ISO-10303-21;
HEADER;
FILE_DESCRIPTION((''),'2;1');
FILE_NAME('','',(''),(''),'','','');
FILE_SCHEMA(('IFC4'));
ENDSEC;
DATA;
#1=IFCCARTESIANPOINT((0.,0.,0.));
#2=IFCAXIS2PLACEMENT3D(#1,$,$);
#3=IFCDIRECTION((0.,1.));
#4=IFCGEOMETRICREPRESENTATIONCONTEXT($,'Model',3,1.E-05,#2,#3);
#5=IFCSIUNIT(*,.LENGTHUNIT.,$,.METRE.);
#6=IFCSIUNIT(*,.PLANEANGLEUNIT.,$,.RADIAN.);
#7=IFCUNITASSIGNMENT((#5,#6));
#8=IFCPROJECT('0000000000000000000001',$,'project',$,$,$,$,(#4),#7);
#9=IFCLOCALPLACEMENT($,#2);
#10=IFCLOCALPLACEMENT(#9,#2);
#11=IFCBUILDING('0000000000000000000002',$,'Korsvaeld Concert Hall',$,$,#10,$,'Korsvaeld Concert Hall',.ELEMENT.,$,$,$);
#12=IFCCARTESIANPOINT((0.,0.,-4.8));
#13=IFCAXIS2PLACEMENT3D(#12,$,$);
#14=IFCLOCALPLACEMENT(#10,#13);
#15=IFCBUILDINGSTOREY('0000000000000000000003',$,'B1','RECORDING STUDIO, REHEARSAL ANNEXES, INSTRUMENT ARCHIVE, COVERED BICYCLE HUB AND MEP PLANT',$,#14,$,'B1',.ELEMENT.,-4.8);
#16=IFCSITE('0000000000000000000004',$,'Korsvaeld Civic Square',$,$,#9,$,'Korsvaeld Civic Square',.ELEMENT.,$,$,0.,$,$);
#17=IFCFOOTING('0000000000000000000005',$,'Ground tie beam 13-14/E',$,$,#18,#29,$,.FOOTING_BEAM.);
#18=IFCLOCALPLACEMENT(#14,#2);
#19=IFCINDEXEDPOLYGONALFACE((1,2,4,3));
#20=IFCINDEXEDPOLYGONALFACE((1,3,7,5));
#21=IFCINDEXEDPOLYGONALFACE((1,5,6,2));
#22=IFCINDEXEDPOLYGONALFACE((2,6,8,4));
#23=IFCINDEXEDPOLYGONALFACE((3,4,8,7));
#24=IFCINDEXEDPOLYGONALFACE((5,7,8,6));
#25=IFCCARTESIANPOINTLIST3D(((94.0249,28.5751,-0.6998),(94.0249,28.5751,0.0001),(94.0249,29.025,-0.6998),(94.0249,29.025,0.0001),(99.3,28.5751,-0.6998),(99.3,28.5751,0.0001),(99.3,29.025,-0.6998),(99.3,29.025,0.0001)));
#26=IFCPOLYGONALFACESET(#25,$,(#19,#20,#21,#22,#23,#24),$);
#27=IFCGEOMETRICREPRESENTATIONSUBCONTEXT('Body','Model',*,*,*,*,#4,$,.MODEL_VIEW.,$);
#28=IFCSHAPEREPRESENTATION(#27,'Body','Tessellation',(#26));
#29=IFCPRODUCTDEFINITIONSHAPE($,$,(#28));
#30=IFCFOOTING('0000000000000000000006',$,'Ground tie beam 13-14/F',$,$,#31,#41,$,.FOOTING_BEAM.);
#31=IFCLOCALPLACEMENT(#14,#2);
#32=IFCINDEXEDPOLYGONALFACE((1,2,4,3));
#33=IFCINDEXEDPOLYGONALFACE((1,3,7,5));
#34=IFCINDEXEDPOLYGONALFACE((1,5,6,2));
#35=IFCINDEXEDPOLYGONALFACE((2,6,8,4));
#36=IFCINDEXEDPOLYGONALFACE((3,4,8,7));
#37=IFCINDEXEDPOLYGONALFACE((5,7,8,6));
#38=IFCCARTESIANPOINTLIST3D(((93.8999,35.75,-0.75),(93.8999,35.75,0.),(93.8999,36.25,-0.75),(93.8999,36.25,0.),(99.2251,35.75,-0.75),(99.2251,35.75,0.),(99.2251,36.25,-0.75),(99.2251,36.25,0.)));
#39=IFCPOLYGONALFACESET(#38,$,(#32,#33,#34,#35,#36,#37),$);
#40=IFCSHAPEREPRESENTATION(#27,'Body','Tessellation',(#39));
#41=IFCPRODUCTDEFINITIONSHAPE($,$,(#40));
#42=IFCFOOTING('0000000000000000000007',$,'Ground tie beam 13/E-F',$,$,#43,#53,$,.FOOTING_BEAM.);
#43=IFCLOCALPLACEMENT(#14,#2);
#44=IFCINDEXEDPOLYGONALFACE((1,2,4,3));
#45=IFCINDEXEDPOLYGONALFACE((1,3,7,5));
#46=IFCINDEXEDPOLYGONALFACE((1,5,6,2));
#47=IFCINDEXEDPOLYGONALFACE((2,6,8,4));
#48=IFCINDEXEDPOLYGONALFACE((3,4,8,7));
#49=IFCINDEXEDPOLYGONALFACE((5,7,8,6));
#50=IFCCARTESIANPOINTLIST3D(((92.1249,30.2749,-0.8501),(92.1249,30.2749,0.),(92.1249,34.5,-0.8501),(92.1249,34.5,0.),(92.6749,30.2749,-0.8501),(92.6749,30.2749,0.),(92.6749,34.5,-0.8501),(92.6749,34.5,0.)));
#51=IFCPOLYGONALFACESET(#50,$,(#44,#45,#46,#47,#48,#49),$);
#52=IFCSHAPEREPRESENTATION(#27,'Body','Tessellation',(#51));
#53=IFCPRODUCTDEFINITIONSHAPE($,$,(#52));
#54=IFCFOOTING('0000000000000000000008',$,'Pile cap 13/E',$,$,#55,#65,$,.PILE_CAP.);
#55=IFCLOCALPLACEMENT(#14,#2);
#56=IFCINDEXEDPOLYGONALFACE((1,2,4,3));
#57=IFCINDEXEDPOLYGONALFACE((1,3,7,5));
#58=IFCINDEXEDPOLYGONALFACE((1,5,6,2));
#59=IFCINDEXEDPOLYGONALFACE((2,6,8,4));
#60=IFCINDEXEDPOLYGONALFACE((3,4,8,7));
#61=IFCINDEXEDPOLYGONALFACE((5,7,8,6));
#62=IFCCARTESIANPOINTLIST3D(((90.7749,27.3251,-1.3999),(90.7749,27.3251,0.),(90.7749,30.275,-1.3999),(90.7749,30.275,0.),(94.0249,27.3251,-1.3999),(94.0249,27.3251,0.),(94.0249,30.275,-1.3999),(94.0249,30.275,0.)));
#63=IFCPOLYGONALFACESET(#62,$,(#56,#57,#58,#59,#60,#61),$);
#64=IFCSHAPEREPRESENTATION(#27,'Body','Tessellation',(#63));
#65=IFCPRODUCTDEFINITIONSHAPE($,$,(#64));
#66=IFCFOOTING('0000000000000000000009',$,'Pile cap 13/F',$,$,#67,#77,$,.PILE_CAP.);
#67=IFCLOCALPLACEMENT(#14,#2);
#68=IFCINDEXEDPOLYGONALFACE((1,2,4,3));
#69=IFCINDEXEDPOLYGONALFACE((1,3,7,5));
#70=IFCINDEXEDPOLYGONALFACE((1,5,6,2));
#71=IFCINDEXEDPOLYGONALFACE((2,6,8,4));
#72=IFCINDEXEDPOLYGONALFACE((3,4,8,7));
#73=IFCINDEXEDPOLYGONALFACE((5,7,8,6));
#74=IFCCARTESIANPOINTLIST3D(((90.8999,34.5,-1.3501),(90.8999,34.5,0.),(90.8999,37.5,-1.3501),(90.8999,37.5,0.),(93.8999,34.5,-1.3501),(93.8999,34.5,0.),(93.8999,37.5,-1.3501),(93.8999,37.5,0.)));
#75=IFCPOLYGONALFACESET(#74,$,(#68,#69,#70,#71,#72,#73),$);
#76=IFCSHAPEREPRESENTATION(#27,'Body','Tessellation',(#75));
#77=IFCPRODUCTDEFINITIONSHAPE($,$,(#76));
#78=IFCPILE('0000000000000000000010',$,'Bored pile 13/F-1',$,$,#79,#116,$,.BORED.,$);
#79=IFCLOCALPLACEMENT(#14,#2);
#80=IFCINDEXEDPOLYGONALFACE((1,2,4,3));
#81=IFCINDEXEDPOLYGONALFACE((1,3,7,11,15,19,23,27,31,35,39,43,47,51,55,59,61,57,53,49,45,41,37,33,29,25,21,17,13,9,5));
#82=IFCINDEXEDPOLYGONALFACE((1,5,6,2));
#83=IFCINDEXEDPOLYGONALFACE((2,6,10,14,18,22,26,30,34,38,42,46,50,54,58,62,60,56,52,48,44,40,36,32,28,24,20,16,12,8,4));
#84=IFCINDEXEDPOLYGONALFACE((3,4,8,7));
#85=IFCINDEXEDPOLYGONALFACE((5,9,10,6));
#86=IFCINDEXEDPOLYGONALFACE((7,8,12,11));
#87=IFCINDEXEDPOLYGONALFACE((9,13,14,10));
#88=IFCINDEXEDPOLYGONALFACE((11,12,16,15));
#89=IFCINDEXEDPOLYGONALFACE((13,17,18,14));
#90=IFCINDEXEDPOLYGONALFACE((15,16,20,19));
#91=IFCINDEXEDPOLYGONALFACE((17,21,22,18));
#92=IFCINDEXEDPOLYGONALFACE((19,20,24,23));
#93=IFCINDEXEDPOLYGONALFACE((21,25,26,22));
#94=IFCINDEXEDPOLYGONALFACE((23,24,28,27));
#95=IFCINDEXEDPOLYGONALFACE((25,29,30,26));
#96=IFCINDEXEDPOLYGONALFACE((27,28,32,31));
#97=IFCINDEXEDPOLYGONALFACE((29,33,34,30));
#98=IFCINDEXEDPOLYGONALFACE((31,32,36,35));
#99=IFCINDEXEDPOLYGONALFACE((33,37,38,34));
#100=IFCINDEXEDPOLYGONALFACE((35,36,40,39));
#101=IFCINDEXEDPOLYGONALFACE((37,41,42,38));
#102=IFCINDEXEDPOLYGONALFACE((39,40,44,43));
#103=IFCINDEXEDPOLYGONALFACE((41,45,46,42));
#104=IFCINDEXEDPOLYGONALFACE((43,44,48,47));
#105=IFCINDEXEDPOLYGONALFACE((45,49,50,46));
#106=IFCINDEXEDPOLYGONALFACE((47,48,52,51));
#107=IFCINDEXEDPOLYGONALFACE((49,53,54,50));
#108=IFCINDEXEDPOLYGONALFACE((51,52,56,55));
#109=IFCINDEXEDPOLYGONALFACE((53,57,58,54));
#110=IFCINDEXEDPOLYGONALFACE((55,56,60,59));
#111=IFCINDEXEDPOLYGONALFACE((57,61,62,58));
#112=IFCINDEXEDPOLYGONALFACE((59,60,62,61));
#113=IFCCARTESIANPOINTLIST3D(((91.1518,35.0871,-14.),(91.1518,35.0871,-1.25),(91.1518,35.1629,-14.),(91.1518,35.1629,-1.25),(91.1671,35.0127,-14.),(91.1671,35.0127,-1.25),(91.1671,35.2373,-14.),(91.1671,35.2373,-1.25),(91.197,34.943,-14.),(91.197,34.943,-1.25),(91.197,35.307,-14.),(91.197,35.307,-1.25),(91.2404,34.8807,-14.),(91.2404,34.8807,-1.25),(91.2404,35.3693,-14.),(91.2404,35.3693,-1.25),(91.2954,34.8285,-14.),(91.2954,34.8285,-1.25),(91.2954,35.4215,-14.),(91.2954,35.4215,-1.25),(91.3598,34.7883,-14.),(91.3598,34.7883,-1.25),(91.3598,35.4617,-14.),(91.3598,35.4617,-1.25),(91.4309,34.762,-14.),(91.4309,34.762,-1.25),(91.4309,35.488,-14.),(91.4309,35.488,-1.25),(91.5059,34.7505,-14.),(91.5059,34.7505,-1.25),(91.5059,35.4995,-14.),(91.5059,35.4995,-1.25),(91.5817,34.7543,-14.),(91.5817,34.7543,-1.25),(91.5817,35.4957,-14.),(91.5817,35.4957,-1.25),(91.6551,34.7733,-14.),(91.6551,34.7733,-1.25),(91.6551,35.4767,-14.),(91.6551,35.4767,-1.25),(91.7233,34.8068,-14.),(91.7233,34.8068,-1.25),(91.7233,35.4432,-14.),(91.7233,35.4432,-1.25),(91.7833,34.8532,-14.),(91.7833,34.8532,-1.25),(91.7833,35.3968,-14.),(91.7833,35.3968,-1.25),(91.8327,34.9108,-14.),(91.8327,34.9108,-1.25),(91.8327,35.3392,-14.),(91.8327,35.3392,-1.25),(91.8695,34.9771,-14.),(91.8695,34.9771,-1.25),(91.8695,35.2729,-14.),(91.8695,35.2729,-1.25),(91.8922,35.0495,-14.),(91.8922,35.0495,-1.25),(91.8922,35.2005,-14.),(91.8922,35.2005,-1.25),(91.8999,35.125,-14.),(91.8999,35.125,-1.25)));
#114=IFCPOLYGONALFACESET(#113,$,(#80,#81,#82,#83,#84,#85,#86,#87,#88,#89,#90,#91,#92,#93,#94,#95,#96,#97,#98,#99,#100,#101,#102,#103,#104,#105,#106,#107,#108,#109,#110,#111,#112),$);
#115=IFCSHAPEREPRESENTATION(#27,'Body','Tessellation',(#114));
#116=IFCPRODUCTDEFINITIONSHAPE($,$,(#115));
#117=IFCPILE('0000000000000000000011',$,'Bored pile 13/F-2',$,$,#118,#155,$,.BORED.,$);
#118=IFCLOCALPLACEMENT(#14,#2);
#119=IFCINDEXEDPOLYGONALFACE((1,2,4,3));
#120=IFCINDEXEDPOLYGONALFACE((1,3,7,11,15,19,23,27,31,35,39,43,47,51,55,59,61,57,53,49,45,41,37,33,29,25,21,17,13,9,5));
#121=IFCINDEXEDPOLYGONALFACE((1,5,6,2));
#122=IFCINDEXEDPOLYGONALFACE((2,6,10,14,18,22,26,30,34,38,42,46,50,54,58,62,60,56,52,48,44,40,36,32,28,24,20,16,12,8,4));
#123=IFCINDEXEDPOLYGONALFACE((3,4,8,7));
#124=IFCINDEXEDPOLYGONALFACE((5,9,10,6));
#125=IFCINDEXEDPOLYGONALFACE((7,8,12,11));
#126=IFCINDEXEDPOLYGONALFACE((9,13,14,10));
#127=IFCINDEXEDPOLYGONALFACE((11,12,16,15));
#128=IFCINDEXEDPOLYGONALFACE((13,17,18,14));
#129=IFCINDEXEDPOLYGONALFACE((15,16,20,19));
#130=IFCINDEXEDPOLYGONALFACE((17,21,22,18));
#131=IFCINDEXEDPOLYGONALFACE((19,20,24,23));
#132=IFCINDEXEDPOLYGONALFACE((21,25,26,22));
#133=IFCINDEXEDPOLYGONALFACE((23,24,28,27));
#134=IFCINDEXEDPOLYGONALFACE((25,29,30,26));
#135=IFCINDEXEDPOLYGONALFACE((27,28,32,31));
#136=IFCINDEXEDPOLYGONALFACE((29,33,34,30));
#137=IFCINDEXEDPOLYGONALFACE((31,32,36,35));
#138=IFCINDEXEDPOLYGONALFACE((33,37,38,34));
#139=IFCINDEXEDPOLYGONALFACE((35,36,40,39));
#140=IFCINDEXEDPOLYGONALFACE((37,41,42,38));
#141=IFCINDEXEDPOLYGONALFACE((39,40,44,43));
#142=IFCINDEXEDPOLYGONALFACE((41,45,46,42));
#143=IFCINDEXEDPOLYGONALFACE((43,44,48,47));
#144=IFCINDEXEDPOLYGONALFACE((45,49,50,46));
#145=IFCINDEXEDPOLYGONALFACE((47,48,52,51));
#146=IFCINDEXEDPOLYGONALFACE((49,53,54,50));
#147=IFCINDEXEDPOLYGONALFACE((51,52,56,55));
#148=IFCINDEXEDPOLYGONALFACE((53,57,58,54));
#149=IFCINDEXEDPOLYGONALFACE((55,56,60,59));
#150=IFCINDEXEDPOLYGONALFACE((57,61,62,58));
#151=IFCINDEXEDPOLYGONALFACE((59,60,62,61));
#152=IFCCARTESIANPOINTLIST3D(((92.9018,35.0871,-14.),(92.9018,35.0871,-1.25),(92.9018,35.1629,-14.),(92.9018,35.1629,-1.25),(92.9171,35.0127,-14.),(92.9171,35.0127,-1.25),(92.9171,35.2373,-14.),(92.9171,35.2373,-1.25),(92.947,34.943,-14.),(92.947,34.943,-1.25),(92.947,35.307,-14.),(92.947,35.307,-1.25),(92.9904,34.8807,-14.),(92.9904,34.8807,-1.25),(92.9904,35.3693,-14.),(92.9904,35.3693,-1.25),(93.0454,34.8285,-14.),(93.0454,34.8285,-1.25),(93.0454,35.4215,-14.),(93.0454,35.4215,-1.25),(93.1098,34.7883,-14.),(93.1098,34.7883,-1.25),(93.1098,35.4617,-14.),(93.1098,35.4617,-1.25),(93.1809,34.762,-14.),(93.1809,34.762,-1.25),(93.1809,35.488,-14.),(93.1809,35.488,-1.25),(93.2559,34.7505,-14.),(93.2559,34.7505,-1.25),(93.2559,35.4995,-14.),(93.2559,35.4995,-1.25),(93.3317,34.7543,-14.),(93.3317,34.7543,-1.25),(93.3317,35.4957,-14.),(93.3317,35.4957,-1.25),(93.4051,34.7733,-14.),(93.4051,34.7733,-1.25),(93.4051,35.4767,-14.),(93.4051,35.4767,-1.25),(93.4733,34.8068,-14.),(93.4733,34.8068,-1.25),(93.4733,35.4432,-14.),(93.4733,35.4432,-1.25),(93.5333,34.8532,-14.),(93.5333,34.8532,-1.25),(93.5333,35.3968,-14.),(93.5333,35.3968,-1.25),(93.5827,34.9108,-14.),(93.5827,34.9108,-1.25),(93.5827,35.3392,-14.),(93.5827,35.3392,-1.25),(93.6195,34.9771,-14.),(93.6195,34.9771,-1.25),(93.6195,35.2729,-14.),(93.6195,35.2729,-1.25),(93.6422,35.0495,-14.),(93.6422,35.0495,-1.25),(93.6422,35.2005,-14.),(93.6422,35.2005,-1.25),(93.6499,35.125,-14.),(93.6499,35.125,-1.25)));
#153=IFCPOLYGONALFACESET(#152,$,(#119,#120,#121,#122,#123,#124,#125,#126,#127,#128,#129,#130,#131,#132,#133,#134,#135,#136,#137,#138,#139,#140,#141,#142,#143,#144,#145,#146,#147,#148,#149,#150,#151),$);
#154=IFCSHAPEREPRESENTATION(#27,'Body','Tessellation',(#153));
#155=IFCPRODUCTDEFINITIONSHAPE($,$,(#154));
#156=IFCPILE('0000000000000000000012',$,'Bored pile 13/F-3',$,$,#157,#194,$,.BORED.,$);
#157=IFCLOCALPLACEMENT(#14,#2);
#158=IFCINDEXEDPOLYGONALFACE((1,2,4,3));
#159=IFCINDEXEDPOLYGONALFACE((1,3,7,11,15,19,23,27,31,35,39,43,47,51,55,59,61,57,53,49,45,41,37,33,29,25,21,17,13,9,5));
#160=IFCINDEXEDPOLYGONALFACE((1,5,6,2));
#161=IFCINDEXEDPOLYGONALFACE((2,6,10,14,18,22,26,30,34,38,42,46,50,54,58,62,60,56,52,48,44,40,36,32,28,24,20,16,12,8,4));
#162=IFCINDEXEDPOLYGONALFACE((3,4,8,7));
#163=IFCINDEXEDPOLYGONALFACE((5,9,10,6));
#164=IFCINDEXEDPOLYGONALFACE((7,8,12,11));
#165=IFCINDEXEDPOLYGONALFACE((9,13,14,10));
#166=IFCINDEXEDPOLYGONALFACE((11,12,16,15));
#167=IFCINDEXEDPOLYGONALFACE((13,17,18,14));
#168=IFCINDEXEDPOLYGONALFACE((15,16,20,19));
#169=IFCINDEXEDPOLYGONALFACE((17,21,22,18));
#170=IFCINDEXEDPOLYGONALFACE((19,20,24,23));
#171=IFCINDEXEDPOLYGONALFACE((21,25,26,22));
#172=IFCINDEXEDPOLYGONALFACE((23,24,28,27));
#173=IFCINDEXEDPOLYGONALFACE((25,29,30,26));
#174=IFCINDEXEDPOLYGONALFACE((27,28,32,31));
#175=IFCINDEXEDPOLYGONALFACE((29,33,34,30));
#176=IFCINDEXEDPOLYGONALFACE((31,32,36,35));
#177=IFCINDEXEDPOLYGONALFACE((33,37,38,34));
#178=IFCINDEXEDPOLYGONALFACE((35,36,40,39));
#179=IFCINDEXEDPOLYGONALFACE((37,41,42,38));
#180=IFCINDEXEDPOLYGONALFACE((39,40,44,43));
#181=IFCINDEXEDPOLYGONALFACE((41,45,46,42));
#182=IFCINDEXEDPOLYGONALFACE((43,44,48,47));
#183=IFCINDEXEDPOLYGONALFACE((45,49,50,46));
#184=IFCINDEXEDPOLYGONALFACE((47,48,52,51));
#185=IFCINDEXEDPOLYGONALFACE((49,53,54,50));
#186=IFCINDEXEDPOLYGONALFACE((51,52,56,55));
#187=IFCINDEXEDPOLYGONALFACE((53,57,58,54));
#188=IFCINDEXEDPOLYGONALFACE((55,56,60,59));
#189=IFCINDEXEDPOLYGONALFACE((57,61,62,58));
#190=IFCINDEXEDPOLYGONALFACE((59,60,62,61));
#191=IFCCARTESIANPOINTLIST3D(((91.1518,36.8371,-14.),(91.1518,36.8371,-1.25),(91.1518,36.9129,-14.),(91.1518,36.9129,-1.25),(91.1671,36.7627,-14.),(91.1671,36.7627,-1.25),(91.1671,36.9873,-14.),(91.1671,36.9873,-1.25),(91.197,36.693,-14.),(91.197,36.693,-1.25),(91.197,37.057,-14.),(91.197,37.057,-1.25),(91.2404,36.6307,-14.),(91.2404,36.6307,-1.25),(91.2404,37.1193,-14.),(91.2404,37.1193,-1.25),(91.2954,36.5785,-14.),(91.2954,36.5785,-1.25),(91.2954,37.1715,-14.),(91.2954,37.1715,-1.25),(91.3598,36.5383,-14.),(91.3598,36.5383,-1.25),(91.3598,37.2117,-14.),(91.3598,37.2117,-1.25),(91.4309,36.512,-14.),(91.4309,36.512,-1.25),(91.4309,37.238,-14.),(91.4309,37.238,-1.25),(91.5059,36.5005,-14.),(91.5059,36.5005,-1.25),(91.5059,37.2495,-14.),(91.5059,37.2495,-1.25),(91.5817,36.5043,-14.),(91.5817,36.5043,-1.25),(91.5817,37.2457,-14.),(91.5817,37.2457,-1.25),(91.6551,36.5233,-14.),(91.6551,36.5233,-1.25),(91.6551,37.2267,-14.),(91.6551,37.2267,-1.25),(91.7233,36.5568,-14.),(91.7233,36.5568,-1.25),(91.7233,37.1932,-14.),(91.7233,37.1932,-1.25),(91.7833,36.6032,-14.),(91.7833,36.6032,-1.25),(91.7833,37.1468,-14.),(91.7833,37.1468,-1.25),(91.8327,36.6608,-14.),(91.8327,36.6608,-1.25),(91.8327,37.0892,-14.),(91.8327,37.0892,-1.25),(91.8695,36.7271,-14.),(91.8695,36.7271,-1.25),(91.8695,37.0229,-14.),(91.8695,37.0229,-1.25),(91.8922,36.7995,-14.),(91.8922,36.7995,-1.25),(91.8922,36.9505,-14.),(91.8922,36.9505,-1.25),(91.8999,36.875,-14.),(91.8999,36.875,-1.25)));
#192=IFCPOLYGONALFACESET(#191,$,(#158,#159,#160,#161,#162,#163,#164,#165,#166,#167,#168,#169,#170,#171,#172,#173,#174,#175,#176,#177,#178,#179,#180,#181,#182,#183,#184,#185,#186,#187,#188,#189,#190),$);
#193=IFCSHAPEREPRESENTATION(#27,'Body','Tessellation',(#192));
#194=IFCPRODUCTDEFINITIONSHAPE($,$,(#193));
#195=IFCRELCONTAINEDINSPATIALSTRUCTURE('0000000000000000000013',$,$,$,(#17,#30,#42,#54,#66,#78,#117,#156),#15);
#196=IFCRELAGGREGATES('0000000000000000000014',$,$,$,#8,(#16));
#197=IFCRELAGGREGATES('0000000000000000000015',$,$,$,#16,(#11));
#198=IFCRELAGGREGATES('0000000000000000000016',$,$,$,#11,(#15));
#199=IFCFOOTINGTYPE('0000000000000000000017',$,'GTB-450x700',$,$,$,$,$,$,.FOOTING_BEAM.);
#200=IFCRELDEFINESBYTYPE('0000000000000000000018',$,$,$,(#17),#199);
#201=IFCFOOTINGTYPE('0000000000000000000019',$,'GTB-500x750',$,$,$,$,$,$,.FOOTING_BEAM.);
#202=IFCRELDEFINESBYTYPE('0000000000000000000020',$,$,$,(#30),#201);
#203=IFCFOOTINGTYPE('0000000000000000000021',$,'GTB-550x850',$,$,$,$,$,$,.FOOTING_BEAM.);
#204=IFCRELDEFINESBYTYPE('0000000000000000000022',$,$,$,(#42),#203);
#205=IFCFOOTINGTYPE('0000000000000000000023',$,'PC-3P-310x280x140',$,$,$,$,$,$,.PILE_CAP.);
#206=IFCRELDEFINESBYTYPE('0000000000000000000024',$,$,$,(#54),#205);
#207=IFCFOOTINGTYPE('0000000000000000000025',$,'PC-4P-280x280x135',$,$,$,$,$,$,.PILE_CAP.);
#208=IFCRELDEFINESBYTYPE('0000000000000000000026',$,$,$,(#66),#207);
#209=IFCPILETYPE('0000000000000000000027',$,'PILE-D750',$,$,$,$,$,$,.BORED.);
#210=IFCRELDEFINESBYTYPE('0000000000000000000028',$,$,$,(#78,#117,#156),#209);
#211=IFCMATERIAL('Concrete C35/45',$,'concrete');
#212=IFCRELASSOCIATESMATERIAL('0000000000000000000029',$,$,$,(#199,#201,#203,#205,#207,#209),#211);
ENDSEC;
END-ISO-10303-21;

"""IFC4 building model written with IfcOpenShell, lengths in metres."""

from ifc_helpers import new_model, si_unit, direction, frame, origin, origin_2d, place, context, subcontext, project, spatial, rectangle, circle, extrude, material, material_profile, profile_set, type_object, element, save


model = new_model("IFC4")

# Units and contexts
model_context = context("Model", 3, precision=1e-05, world=origin(), true_north=direction((0.0, 1.0)))
body_context = subcontext(model_context, "Body", "Model", "MODEL_VIEW")
ifc_project = project(units=[si_unit("LENGTHUNIT", "METRE"), si_unit("PLANEANGLEUNIT", "RADIAN")], contexts=[model_context])

# Site, building, storey
site_placement = place(None, origin())
site = spatial("IfcSite", under=ifc_project, at=site_placement, Name="Korsvaeld Civic Square", LongName="Korsvaeld Civic Square", CompositionType="ELEMENT", RefElevation=0.0)
building_placement = place(site_placement, origin())
building = spatial("IfcBuilding", under=site, at=building_placement, Name="Korsvaeld Concert Hall", LongName="Korsvaeld Concert Hall", CompositionType="ELEMENT")
storey_placement = place(building_placement, frame((0.0, 0.0, -4.8)))
storey = spatial("IfcBuildingStorey", under=building, at=storey_placement, Name="B1", Description="RECORDING STUDIO, REHEARSAL ANNEXES, INSTRUMENT ARCHIVE, COVERED BICYCLE HUB AND MEP PLANT", LongName="B1", CompositionType="ELEMENT", Elevation=-4.8)

# Footings
ifc_material_1 = material(Name="Concrete C35/45", Category="concrete")
ifc_material_profile_1 = material_profile(ifc_material_1, rectangle(XDim=0.45, YDim=0.7, at=origin_2d()), Name="GTB 450x700")
ifc_profile_set_1 = profile_set([ifc_material_profile_1], Name="Concrete C35/45")
footing_type_1 = type_object("IfcFootingType", Name="GTB-450x700", PredefinedType="FOOTING_BEAM", material=ifc_profile_set_1)
footing_1_placement = place(storey_placement, frame((94.0249, 28.8, -0.3499), z_axis=(1.0, 0.0, 0.0), x_axis=(0.0, 1.0, 0.0)))
element("IfcFooting", 1, at=footing_1_placement, inside=storey, type_object=footing_type_1, Name="Ground tie beam 13-14/E", PredefinedType="FOOTING_BEAM", context=body_context, shape_type="SweptSolid", body=[
    extrude(rectangle(XDim=0.45, YDim=0.7, at=origin_2d()), origin(), (0.0, 0.0, 1.0), 5.2751),
])
ifc_material_profile_2 = material_profile(ifc_material_1, rectangle(XDim=0.5, YDim=0.75, at=origin_2d()), Name="GTB 500x750")
ifc_profile_set_2 = profile_set([ifc_material_profile_2], Name="Concrete C35/45")
footing_type_2 = type_object("IfcFootingType", Name="GTB-500x750", PredefinedType="FOOTING_BEAM", material=ifc_profile_set_2)
footing_2_placement = place(storey_placement, frame((93.8999, 36.0, -0.375), z_axis=(1.0, 0.0, 0.0), x_axis=(0.0, 1.0, 0.0)))
element("IfcFooting", 2, at=footing_2_placement, inside=storey, type_object=footing_type_2, Name="Ground tie beam 13-14/F", PredefinedType="FOOTING_BEAM", context=body_context, shape_type="SweptSolid", body=[
    extrude(rectangle(XDim=0.5, YDim=0.75, at=origin_2d()), origin(), (0.0, 0.0, 1.0), 5.3252),
])
ifc_material_profile_3 = material_profile(ifc_material_1, rectangle(XDim=0.55, YDim=0.8501, at=origin_2d()), Name="GTB 550x850")
ifc_profile_set_3 = profile_set([ifc_material_profile_3], Name="Concrete C35/45")
footing_type_3 = type_object("IfcFootingType", Name="GTB-550x850", PredefinedType="FOOTING_BEAM", material=ifc_profile_set_3)
footing_3_placement = place(storey_placement, frame((92.3999, 30.2749, -0.425), z_axis=(0.0, 1.0, 0.0), x_axis=(-1.0, 0.0, 0.0)))
element("IfcFooting", 3, at=footing_3_placement, inside=storey, type_object=footing_type_3, Name="Ground tie beam 13/E-F", PredefinedType="FOOTING_BEAM", context=body_context, shape_type="SweptSolid", body=[
    extrude(rectangle(XDim=0.55, YDim=0.8501, at=origin_2d()), origin(), (0.0, 0.0, 1.0), 4.2251),
])
footing_type_4 = type_object("IfcFootingType", Name="PC-3P-310x280x140", PredefinedType="PILE_CAP", material=ifc_material_1)
footing_4_placement = place(storey_placement, frame((92.3999, 28.8, -1.3999), z_axis=(0.0, 0.0, 1.0), x_axis=(1.0, 0.0, 0.0)))
element("IfcFooting", 4, at=footing_4_placement, inside=storey, type_object=footing_type_4, Name="Pile cap 13/E", PredefinedType="PILE_CAP", context=body_context, shape_type="SweptSolid", body=[
    extrude(rectangle(XDim=3.25, YDim=2.95, at=origin_2d()), origin(), (0.0, 0.0, 1.0), 1.3999),
])
footing_type_5 = type_object("IfcFootingType", Name="PC-4P-280x280x135", PredefinedType="PILE_CAP", material=ifc_material_1)
footing_5_placement = place(storey_placement, frame((92.3999, 36.0, -1.3501), z_axis=(0.0, 0.0, 1.0), x_axis=(1.0, 0.0, 0.0)))
element("IfcFooting", 5, at=footing_5_placement, inside=storey, type_object=footing_type_5, Name="Pile cap 13/F", PredefinedType="PILE_CAP", context=body_context, shape_type="SweptSolid", body=[
    extrude(rectangle(XDim=3.0, YDim=3.0, at=origin_2d()), origin(), (0.0, 0.0, 1.0), 1.3501),
])

# Piles
ifc_material_profile_4 = material_profile(ifc_material_1, circle(Radius=0.375, at=origin_2d()), Name="BORED PILE D750")
ifc_profile_set_4 = profile_set([ifc_material_profile_4], Name="Concrete C35/45")
pile_type_1 = type_object("IfcPileType", Name="PILE-D750", PredefinedType="BORED", material=ifc_profile_set_4)
for number, where, z_axis, x_axis, name in (
    (6, (91.5249, 35.125, -1.25), (0.0, 0.0, -1.0), (1.0, 0.0, 0.0), "Bored pile 13/F-1"),
    (7, (93.2749, 35.125, -1.25), (0.0, 0.0, -1.0), (1.0, 0.0, 0.0), "Bored pile 13/F-2"),
    (8, (91.5249, 36.875, -1.25), (0.0, 0.0, -1.0), (1.0, 0.0, 0.0), "Bored pile 13/F-3"),
):
    element("IfcPile", number, at=place(storey_placement, frame(where, z_axis=z_axis, x_axis=x_axis)), inside=storey, type_object=pile_type_1, Name=name, PredefinedType="BORED", context=body_context, shape_type="SweptSolid", body=[
        extrude(circle(Radius=0.375, at=origin_2d()), origin(), (0.0, 0.0, 1.0), 12.75),
    ])

save(model, "model.ifc")
